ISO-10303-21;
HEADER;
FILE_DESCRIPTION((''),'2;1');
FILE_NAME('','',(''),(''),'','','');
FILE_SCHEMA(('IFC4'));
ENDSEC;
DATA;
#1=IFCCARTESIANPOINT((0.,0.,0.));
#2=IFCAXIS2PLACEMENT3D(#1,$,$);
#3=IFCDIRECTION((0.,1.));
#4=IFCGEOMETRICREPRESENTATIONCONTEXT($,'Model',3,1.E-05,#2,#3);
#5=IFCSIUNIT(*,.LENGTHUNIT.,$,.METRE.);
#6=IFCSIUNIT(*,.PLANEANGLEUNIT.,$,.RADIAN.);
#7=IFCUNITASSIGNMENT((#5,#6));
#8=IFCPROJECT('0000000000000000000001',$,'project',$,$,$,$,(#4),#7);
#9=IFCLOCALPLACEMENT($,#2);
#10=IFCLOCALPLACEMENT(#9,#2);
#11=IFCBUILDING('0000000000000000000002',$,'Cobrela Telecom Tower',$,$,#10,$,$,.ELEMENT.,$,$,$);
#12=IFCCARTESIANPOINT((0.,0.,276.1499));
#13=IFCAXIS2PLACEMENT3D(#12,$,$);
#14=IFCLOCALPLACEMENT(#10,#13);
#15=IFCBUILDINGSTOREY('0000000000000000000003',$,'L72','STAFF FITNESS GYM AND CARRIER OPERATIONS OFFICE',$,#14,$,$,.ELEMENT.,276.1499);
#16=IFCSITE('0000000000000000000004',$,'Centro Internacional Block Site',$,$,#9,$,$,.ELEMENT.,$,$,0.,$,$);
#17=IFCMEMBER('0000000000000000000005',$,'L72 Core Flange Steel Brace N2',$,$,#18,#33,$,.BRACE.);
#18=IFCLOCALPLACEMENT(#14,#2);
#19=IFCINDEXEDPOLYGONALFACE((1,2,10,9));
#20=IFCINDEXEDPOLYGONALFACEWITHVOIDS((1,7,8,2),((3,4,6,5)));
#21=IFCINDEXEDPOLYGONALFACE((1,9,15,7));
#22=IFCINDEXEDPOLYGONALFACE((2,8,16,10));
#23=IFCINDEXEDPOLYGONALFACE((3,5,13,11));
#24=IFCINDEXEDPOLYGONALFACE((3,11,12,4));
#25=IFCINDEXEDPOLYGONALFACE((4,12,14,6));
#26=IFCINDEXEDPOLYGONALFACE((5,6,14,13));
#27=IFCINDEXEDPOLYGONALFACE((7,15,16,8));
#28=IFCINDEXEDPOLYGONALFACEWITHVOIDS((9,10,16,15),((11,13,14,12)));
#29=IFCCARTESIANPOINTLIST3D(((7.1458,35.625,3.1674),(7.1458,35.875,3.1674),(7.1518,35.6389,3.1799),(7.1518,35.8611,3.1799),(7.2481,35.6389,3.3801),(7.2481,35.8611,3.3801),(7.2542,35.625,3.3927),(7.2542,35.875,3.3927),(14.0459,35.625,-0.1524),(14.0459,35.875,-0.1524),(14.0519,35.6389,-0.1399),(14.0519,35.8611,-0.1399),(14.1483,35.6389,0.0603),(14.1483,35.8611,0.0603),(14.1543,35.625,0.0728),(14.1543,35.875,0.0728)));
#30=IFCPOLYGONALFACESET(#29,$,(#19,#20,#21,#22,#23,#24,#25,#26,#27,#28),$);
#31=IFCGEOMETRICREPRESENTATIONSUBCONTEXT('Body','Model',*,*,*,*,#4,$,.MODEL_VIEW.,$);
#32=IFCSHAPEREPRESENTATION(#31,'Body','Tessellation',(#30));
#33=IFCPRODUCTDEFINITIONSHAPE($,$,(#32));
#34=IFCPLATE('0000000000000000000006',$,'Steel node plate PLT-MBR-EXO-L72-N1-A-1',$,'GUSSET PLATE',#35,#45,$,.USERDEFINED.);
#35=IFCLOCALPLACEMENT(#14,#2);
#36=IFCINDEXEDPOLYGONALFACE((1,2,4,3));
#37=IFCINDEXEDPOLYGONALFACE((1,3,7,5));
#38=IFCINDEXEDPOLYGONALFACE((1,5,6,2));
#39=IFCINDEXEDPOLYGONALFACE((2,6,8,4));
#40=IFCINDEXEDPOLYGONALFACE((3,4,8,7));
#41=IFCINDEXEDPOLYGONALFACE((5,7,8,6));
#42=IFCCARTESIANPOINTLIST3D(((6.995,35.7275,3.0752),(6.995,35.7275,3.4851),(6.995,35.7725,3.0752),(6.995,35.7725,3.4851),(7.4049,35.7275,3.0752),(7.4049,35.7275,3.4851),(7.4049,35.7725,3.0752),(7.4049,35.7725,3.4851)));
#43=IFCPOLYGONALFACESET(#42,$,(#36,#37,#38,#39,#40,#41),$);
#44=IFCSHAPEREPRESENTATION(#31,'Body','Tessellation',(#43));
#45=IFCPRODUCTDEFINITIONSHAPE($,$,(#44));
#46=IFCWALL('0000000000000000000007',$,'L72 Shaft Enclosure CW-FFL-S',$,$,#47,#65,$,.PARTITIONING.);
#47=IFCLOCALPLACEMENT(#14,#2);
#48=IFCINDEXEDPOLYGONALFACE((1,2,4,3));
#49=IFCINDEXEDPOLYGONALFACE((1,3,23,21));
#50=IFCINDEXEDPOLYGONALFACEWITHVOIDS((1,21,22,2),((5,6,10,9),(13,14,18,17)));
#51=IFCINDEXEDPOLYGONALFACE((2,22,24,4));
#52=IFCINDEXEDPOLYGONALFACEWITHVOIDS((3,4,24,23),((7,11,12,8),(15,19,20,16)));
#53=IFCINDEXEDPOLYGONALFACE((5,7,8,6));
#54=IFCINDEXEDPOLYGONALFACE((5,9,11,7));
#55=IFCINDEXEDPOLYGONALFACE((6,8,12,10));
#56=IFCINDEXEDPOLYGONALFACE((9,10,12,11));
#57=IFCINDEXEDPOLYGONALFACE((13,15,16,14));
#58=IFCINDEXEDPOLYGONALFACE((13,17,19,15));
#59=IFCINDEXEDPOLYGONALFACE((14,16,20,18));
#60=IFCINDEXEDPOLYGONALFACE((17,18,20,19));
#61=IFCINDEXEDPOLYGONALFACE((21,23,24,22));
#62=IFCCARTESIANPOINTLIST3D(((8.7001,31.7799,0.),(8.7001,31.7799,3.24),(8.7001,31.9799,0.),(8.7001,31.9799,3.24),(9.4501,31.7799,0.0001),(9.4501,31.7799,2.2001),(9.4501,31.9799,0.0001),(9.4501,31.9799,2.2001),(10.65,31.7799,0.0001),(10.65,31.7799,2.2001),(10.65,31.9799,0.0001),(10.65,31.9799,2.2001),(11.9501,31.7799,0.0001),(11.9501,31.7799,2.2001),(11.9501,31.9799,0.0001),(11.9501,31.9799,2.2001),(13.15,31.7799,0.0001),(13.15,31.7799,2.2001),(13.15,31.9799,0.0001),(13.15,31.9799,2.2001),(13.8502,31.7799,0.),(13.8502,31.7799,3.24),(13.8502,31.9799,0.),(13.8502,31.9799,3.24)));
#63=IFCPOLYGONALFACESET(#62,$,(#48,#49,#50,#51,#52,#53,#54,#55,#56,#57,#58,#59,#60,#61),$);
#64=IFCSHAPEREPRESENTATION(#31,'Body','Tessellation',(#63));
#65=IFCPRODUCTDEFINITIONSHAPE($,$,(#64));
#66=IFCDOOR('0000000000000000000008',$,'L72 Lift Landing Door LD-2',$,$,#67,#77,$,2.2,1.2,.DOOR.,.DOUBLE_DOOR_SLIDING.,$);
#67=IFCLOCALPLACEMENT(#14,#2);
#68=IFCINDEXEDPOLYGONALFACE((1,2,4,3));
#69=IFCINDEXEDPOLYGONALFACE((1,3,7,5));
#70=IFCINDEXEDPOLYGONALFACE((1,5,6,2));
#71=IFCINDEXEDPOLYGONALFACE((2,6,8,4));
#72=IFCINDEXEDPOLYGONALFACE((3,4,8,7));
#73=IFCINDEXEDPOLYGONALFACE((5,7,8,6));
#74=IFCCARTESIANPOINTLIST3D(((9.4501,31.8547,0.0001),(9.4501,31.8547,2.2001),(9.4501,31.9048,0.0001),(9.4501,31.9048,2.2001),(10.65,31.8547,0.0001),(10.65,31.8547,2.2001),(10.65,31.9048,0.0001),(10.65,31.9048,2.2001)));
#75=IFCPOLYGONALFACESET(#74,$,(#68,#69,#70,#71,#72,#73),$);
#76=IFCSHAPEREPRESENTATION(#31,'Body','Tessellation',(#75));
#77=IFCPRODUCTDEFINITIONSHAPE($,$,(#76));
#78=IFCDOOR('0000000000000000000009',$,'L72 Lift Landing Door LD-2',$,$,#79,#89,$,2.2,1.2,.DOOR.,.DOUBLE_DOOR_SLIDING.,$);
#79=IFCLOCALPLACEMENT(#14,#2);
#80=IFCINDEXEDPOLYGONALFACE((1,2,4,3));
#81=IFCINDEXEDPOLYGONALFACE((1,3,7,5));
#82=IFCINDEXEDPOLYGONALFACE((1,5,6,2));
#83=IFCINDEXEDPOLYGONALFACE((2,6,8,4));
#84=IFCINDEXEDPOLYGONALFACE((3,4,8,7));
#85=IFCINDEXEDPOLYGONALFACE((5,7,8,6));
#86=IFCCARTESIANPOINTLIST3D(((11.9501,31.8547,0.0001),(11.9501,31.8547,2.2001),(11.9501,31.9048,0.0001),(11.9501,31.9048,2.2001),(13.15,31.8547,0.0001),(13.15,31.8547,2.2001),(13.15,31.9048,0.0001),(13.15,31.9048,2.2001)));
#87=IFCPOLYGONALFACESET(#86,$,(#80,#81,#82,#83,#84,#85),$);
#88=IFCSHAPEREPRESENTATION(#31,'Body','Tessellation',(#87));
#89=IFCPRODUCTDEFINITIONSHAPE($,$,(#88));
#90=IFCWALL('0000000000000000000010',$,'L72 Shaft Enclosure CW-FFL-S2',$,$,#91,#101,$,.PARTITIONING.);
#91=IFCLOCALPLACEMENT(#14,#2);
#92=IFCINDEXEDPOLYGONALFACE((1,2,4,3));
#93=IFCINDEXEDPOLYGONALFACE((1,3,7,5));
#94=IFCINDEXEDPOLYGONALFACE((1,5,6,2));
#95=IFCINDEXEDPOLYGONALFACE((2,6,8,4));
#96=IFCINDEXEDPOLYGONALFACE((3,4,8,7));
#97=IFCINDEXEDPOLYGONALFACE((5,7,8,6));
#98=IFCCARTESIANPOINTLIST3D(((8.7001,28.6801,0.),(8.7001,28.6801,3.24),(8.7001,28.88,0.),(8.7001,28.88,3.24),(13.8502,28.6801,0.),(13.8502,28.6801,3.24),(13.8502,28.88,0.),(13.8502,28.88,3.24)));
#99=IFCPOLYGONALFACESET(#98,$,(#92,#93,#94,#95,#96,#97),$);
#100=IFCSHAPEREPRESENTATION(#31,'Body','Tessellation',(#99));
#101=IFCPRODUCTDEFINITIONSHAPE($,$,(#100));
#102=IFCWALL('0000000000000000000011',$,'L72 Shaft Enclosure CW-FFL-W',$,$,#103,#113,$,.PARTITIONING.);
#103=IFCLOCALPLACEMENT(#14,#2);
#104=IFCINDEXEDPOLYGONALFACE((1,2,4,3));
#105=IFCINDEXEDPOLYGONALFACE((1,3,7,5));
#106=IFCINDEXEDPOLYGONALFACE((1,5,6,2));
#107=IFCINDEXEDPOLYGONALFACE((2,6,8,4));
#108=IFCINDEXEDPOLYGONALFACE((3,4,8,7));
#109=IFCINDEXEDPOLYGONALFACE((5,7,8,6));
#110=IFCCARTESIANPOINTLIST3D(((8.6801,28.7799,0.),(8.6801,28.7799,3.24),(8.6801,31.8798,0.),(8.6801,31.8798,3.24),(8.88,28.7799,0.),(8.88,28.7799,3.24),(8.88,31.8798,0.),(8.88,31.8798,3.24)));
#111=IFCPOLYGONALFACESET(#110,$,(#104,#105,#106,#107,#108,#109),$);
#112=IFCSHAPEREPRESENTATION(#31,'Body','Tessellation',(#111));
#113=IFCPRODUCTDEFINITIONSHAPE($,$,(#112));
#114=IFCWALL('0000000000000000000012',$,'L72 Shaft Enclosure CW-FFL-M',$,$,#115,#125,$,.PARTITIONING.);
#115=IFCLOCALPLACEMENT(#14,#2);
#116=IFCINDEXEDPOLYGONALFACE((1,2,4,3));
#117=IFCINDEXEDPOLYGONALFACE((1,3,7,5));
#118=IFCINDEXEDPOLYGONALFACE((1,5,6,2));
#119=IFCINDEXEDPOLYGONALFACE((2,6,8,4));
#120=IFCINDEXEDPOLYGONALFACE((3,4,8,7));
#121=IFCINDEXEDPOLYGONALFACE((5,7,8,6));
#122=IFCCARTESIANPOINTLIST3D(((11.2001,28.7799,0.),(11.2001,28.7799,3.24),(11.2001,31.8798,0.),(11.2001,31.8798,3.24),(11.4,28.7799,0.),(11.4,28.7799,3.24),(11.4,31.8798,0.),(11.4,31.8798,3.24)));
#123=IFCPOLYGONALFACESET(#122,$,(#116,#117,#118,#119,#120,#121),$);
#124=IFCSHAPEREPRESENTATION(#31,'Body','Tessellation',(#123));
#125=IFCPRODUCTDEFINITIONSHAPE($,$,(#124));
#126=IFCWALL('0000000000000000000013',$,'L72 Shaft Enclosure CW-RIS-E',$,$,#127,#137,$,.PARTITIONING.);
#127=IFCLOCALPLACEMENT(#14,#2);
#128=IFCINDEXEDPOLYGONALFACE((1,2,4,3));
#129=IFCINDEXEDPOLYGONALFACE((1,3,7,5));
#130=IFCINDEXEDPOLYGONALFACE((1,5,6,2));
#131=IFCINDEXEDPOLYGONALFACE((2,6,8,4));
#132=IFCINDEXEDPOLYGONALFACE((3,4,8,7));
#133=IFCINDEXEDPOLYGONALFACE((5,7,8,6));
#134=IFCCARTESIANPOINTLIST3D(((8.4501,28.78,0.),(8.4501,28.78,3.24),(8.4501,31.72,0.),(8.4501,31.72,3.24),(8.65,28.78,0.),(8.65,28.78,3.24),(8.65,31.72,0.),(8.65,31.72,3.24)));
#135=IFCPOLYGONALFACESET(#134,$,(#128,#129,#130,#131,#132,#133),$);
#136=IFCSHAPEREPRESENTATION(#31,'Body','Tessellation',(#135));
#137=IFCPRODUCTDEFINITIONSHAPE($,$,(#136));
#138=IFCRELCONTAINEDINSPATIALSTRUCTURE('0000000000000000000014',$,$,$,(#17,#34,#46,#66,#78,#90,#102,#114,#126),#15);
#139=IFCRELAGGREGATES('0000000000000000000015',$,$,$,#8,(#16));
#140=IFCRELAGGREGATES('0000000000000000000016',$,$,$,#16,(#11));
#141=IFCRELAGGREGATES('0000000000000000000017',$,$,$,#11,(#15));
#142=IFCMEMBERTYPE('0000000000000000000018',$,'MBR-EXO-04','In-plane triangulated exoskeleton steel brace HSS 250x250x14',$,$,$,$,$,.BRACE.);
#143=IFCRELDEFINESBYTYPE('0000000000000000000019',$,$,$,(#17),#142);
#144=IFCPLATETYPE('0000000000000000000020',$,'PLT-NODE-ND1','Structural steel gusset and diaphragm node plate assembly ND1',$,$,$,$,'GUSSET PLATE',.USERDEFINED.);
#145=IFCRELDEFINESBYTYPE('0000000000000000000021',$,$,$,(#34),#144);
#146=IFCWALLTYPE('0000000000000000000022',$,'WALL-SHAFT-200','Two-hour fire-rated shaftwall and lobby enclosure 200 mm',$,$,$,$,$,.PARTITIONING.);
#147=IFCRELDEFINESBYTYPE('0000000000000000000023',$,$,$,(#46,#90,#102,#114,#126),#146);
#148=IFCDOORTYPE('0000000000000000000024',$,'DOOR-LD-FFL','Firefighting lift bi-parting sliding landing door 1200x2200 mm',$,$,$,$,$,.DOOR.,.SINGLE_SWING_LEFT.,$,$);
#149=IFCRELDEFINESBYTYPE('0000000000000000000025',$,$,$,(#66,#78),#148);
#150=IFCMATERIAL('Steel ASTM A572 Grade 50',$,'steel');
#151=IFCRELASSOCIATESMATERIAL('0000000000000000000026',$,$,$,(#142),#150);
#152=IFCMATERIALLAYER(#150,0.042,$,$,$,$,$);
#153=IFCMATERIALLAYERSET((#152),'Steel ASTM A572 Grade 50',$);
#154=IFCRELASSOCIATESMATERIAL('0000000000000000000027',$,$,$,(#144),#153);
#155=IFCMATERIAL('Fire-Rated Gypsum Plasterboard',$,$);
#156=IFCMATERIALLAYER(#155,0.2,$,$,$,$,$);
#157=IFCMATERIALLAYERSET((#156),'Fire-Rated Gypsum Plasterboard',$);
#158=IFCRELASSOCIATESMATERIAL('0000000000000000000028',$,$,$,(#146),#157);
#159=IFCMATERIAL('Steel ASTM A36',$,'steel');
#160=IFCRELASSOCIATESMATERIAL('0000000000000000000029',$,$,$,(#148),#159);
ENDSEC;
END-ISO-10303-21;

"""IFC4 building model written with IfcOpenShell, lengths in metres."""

from ifc_helpers import new_model, si_unit, direction, frame, frame_2d, origin, origin_2d, place, context, subcontext, project, spatial, rectangle, hollow_rectangle, extrude, material, layer, layer_set, material_profile, profile_set, type_object, element, fill, save


model = new_model("IFC4")

# Units and contexts
model_context = context("Model", 3, precision=1e-05, world=origin(), true_north=direction((0.0, 1.0)))
body_context = subcontext(model_context, "Body", "Model", "MODEL_VIEW")
ifc_project = project(units=[si_unit("LENGTHUNIT", "METRE"), si_unit("PLANEANGLEUNIT", "RADIAN")], contexts=[model_context])

# Site, building, storey
site_placement = place(None, origin())
site = spatial("IfcSite", under=ifc_project, at=site_placement, Name="Centro Internacional Block Site", CompositionType="ELEMENT", RefElevation=0.0)
building_placement = place(site_placement, origin())
building = spatial("IfcBuilding", under=site, at=building_placement, Name="Cobrela Telecom Tower", CompositionType="ELEMENT")
storey_placement = place(building_placement, frame((0.0, 0.0, 276.1499)))
storey = spatial("IfcBuildingStorey", under=building, at=storey_placement, Name="L72", Description="STAFF FITNESS GYM AND CARRIER OPERATIONS OFFICE", CompositionType="ELEMENT", Elevation=276.1499)

# Member
ifc_material_1 = material(Name="Steel ASTM A572 Grade 50", Category="steel")
ifc_material_profile_1 = material_profile(ifc_material_1, hollow_rectangle(XDim=0.25, YDim=0.25, WallThickness=0.0139, at=origin_2d()), Name="HSS 250x250x14")
ifc_profile_set_1 = profile_set([ifc_material_profile_1], Name="Steel ASTM A572 Grade 50")
member_type = type_object("IfcMemberType", Name="MBR-EXO-04", Description="In-plane triangulated exoskeleton steel brace HSS 250x250x14", PredefinedType="BRACE", material=ifc_profile_set_1)
member_1_placement = place(storey_placement, frame((14.1001, 35.75, -0.0398), z_axis=(-0.901128, 0.0, 0.433554), x_axis=(0.0, -1.0, 0.0)))
element("IfcMember", 1, at=member_1_placement, inside=storey, type_object=member_type, Name="L72 Core Flange Steel Brace N2", PredefinedType="BRACE", context=body_context, shape_type="SweptSolid", body=[
    extrude(hollow_rectangle(XDim=0.25, YDim=0.25, WallThickness=0.0139, at=origin_2d()), origin(), (0.0, 0.0, 1.0), 7.6572),
])

# Plate
ifc_layer_1 = layer(ifc_material_1, 0.042)
ifc_layer_set_1 = layer_set([ifc_layer_1], Name="Steel ASTM A572 Grade 50")
plate_type = type_object("IfcPlateType", Name="PLT-NODE-ND1", Description="Structural steel gusset and diaphragm node plate assembly ND1", ElementType="GUSSET PLATE", PredefinedType="USERDEFINED", material=ifc_layer_set_1)
plate_placement = place(storey_placement, frame((7.2, 35.75, 3.0752), z_axis=(0.0, 0.0, 1.0), x_axis=(1.0, 0.0, 0.0)))
element("IfcPlate", 2, at=plate_placement, inside=storey, type_object=plate_type, Name="Steel node plate PLT-MBR-EXO-L72-N1-A-1", ObjectType="GUSSET PLATE", PredefinedType="USERDEFINED", context=body_context, shape_type="SweptSolid", body=[
    extrude(rectangle(XDim=0.4099, YDim=0.0449, at=origin_2d()), origin(), (0.0, 0.0, 1.0), 0.4099),
])

# Wall, openings, doors
ifc_material_2 = material(Name="Steel ASTM A36", Category="steel")
ifc_material_3 = material(Name="Fire-Rated Gypsum Plasterboard")
ifc_layer_2 = layer(ifc_material_3, 0.2)
ifc_layer_set_2 = layer_set([ifc_layer_2], Name="Fire-Rated Gypsum Plasterboard")
wall_type_1 = type_object("IfcWallType", Name="WALL-SHAFT-200", Description="Two-hour fire-rated shaftwall and lobby enclosure 200 mm", PredefinedType="PARTITIONING", material=ifc_layer_set_2)
wall_1_placement = place(storey_placement, frame((8.7, 31.8799, 0.0), z_axis=(0.0, 0.0, 1.0), x_axis=(1.0, 0.0, 0.0)))
wall_1 = element("IfcWall", 3, at=wall_1_placement, inside=storey, type_object=wall_type_1, Name="L72 Shaft Enclosure CW-FFL-S", PredefinedType="PARTITIONING", context=body_context, shape_type="SweptSolid", body=[
    extrude(rectangle(XDim=5.1501, YDim=0.2, at=frame_2d((2.5752, 0.0))), origin(), (0.0, 0.0, 1.0), 3.24),
])
opening_1_placement = place(wall_1_placement, frame((0.75, 0.0, 0.0)))
opening_1 = element("IfcOpeningElement", 4, at=opening_1_placement, cuts=wall_1, PredefinedType="OPENING", context=body_context, shape_type="SweptSolid", body=[
    extrude(rectangle(XDim=1.2, YDim=2.2, at=frame_2d((0.6001, 1.1001))), frame((0.0, 0.1118, 0.0), z_axis=(0.0, -1.0, 0.0), x_axis=(1.0, 0.0, 0.0)), (0.0, 0.0, 1.0), 0.2239),
])
opening_2_placement = place(wall_1_placement, frame((3.25, 0.0, 0.0)))
opening_2 = element("IfcOpeningElement", 5, at=opening_2_placement, cuts=wall_1, PredefinedType="OPENING", context=body_context, shape_type="SweptSolid", body=[
    extrude(rectangle(XDim=1.2, YDim=2.2, at=frame_2d((0.6001, 1.1001))), frame((0.0, 0.1118, 0.0), z_axis=(0.0, -1.0, 0.0), x_axis=(1.0, 0.0, 0.0)), (0.0, 0.0, 1.0), 0.2239),
])
door_type_1 = type_object("IfcDoorType", Name="DOOR-LD-FFL", Description="Firefighting lift bi-parting sliding landing door 1200x2200 mm", OperationType="SINGLE_SWING_LEFT", PredefinedType="DOOR", material=ifc_material_2)
door_1_placement = place(opening_1_placement, origin())
door_1 = element("IfcDoor", 6, at=door_1_placement, inside=storey, type_object=door_type_1, Name="L72 Lift Landing Door LD-2", OperationType="DOUBLE_DOOR_SLIDING", OverallHeight=2.2, OverallWidth=1.2, PredefinedType="DOOR", context=body_context, shape_type="SweptSolid", body=[
    extrude(rectangle(XDim=1.2, YDim=2.2, at=frame_2d((0.6001, 1.1001))), frame((0.0, 0.0249, 0.0), z_axis=(0.0, -1.0, 0.0), x_axis=(1.0, 0.0, 0.0)), (0.0, 0.0, 1.0), 0.05),
])
fill(opening_1, door_1)
door_2_placement = place(opening_2_placement, origin())
door_2 = element("IfcDoor", 7, at=door_2_placement, inside=storey, type_object=door_type_1, Name="L72 Lift Landing Door LD-2", OperationType="DOUBLE_DOOR_SLIDING", OverallHeight=2.2, OverallWidth=1.2, PredefinedType="DOOR", context=body_context, shape_type="SweptSolid", body=[
    extrude(rectangle(XDim=1.2, YDim=2.2, at=frame_2d((0.6001, 1.1001))), frame((0.0, 0.0249, 0.0), z_axis=(0.0, -1.0, 0.0), x_axis=(1.0, 0.0, 0.0)), (0.0, 0.0, 1.0), 0.05),
])
fill(opening_2, door_2)

# Walls
wall_2_placement = place(storey_placement, frame((8.7, 28.78, 0.0), z_axis=(0.0, 0.0, 1.0), x_axis=(1.0, 0.0, 0.0)))
element("IfcWall", 8, at=wall_2_placement, inside=storey, type_object=wall_type_1, Name="L72 Shaft Enclosure CW-FFL-S2", PredefinedType="PARTITIONING", context=body_context, shape_type="SweptSolid", body=[
    extrude(rectangle(XDim=5.1501, YDim=0.2, at=frame_2d((2.5752, 0.0))), origin(), (0.0, 0.0, 1.0), 3.24),
])
for number, where, z_axis, x_axis, name in (
    (9, (8.78, 28.78, 0.0), (0.0, 0.0, 1.0), (0.0, 1.0, 0.0), "L72 Shaft Enclosure CW-FFL-W"),
    (10, (11.3, 28.78, 0.0), (0.0, 0.0, 1.0), (0.0, 1.0, 0.0), "L72 Shaft Enclosure CW-FFL-M"),
):
    element("IfcWall", number, at=place(storey_placement, frame(where, z_axis=z_axis, x_axis=x_axis)), inside=storey, type_object=wall_type_1, Name=name, PredefinedType="PARTITIONING", context=body_context, shape_type="SweptSolid", body=[
        extrude(rectangle(XDim=3.0999, YDim=0.2, at=frame_2d((1.5498, 0.0))), origin(), (0.0, 0.0, 1.0), 3.24),
    ])
wall_3_placement = place(storey_placement, frame((8.55, 28.78, 0.0), z_axis=(0.0, 0.0, 1.0), x_axis=(0.0, 1.0, 0.0)))
element("IfcWall", 11, at=wall_3_placement, inside=storey, type_object=wall_type_1, Name="L72 Shaft Enclosure CW-RIS-E", PredefinedType="PARTITIONING", context=body_context, shape_type="SweptSolid", body=[
    extrude(rectangle(XDim=2.9399, YDim=0.2, at=frame_2d((1.47, 0.0))), origin(), (0.0, 0.0, 1.0), 3.24),
])

save(model, "model.ifc")
